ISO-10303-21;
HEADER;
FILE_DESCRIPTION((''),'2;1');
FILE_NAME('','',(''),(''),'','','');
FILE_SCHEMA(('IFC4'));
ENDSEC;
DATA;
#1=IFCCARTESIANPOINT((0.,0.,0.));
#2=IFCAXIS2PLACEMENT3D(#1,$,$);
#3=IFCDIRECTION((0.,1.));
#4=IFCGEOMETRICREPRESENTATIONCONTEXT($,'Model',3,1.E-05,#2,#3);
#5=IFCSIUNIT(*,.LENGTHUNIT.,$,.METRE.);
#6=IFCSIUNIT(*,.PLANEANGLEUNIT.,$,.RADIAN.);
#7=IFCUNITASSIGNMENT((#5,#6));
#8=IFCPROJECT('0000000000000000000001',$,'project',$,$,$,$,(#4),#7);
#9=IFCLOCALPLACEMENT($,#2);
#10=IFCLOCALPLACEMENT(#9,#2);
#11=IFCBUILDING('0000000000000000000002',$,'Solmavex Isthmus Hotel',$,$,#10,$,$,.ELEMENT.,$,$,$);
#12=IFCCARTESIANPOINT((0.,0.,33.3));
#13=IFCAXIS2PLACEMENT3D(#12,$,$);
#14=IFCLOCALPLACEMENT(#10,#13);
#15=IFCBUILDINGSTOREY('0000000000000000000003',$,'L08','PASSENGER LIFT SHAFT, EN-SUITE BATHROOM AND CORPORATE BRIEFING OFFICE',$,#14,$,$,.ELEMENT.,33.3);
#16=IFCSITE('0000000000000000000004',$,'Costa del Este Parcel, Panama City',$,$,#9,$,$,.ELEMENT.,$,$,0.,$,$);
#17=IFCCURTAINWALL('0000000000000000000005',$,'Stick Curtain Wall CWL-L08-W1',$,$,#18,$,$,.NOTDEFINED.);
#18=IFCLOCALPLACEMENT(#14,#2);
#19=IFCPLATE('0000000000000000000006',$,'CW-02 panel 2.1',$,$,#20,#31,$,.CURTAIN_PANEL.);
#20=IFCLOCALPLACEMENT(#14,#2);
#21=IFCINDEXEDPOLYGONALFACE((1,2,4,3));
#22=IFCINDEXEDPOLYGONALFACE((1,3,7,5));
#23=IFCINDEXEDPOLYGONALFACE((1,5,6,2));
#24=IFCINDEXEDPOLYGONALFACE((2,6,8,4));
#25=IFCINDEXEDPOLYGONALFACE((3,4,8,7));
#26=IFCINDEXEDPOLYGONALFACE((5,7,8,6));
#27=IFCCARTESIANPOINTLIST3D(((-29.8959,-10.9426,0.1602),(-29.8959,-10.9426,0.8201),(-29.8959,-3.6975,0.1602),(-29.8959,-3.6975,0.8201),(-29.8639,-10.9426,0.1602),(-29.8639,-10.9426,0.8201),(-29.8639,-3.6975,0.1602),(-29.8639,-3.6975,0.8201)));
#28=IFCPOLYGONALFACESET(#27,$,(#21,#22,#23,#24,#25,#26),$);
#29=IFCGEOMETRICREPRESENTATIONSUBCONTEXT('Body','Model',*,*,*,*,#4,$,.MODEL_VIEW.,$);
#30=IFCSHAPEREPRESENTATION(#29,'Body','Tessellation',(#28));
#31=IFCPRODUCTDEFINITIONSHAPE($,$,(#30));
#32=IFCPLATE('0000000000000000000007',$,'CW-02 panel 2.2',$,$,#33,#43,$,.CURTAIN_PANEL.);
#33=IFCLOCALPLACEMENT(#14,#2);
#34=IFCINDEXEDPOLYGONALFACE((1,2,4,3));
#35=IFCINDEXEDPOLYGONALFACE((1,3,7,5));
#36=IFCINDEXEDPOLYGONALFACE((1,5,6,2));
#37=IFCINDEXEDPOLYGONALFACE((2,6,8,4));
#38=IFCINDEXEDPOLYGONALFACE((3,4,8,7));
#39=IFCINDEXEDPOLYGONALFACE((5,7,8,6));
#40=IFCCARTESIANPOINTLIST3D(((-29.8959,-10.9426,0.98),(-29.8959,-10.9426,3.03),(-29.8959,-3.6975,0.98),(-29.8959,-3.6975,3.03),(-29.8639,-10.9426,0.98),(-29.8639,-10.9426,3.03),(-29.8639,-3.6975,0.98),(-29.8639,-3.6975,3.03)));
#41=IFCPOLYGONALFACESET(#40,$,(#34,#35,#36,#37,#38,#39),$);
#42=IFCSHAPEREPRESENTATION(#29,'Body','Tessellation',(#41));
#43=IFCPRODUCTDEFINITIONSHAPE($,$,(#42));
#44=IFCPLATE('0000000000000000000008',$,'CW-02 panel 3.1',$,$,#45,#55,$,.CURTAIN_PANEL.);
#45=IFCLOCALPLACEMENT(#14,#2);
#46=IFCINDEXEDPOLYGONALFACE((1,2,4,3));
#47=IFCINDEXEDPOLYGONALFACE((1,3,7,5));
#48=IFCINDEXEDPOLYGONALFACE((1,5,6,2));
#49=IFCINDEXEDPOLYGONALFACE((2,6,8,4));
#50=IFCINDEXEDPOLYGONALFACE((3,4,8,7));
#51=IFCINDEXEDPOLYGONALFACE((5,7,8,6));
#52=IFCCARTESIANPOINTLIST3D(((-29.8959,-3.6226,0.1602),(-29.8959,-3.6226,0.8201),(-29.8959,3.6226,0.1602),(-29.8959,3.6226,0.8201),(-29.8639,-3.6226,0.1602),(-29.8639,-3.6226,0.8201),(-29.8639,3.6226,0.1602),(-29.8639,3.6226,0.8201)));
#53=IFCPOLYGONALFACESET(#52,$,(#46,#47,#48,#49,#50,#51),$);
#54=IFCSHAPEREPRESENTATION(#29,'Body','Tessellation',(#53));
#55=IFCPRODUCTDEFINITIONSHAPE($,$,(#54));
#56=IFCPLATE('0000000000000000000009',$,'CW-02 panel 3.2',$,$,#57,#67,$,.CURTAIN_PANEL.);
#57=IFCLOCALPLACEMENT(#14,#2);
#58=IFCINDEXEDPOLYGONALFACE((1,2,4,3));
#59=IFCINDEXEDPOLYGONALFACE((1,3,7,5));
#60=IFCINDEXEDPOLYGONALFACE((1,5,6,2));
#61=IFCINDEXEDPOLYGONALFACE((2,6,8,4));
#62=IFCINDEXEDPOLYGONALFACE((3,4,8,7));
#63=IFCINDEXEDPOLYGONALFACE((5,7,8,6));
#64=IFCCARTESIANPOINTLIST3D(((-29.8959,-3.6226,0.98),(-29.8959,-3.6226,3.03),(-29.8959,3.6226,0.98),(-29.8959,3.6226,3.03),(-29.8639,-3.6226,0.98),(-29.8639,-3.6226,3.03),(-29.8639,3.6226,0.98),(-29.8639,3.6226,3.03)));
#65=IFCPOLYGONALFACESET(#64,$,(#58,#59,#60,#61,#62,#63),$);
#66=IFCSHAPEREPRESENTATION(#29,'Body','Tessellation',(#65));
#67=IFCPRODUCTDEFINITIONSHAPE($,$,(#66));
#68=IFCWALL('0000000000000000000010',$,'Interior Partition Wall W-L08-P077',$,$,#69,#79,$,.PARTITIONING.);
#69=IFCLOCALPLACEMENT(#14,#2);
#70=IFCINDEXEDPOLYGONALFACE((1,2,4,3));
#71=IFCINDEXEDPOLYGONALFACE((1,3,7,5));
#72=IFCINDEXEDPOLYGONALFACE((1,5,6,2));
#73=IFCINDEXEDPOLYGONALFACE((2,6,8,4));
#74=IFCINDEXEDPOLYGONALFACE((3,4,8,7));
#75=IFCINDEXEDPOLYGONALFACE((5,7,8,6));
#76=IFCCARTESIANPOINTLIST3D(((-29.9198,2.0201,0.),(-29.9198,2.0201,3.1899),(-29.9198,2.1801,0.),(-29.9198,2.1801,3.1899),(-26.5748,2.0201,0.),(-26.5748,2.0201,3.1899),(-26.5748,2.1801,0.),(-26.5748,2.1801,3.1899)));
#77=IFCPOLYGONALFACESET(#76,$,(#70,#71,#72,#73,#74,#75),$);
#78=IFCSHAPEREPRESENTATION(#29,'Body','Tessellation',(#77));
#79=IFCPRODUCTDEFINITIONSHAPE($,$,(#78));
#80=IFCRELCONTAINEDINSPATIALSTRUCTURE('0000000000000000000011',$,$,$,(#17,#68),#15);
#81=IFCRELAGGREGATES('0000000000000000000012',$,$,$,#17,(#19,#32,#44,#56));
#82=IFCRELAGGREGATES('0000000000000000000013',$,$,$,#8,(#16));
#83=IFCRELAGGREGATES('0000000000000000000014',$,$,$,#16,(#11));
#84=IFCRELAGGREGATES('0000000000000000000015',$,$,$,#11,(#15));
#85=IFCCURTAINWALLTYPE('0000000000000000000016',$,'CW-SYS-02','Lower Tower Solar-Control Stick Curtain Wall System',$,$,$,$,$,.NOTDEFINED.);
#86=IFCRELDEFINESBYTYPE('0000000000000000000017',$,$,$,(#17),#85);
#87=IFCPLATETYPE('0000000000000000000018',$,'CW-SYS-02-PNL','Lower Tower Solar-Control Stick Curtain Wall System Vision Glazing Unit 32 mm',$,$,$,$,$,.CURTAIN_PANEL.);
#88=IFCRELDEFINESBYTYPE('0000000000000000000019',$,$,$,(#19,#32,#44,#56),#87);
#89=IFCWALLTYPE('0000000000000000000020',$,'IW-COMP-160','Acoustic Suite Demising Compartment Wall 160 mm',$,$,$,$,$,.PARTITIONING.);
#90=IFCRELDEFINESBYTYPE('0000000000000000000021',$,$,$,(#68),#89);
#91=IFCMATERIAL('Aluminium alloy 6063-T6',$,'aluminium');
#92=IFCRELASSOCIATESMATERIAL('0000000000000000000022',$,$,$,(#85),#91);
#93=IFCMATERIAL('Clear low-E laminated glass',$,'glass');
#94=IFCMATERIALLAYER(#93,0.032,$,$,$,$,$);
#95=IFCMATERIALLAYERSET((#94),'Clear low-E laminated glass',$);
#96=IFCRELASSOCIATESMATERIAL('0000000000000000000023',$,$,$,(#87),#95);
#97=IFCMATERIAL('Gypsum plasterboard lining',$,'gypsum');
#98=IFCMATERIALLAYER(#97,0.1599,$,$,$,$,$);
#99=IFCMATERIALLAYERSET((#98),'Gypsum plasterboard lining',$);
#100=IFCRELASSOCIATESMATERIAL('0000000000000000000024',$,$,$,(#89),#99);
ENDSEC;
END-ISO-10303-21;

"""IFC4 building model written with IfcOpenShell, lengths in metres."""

from ifc_helpers import new_model, si_unit, direction, frame, frame_2d, origin, origin_2d, place, context, subcontext, project, spatial, rectangle, extrude, material, layer, layer_set, type_object, element, aggregate, save


model = new_model("IFC4")

# Units and contexts
model_context = context("Model", 3, precision=1e-05, world=origin(), true_north=direction((0.0, 1.0)))
body_context = subcontext(model_context, "Body", "Model", "MODEL_VIEW")
ifc_project = project(units=[si_unit("LENGTHUNIT", "METRE"), si_unit("PLANEANGLEUNIT", "RADIAN")], contexts=[model_context])

# Site, building, storey
site_placement = place(None, origin())
site = spatial("IfcSite", under=ifc_project, at=site_placement, Name="Costa del Este Parcel, Panama City", CompositionType="ELEMENT", RefElevation=0.0)
building_placement = place(site_placement, origin())
building = spatial("IfcBuilding", under=site, at=building_placement, Name="Solmavex Isthmus Hotel", CompositionType="ELEMENT")
storey_placement = place(building_placement, frame((0.0, 0.0, 33.3)))
storey = spatial("IfcBuildingStorey", under=building, at=storey_placement, Name="L08", Description="PASSENGER LIFT SHAFT, EN-SUITE BATHROOM AND CORPORATE BRIEFING OFFICE", CompositionType="ELEMENT", Elevation=33.3)

# Curtain wall, plates
ifc_material_1 = material(Name="Aluminium alloy 6063-T6", Category="aluminium")
curtain_wall_type = type_object("IfcCurtainWallType", Name="CW-SYS-02", Description="Lower Tower Solar-Control Stick Curtain Wall System", PredefinedType="NOTDEFINED", material=ifc_material_1)
curtain_wall_placement = place(storey_placement, origin())
curtain_wall = element("IfcCurtainWall", 1, at=curtain_wall_placement, inside=storey, type_object=curtain_wall_type, Name="Stick Curtain Wall CWL-L08-W1", PredefinedType="NOTDEFINED")
ifc_material_2 = material(Name="Clear low-E laminated glass", Category="glass")
ifc_layer_1 = layer(ifc_material_2, 0.032)
ifc_layer_set_1 = layer_set([ifc_layer_1], Name="Clear low-E laminated glass")
plate_type = type_object("IfcPlateType", Name="CW-SYS-02-PNL", Description="Lower Tower Solar-Control Stick Curtain Wall System Vision Glazing Unit 32 mm", PredefinedType="CURTAIN_PANEL", material=ifc_layer_set_1)
plate_1_placement = place(storey_placement, frame((-29.8799, -7.3201, 0.1602), z_axis=(0.0, 0.0, 1.0), x_axis=(0.0, 1.0, 0.0)))
plate_1 = element("IfcPlate", 2, at=plate_1_placement, type_object=plate_type, Name="CW-02 panel 2.1", PredefinedType="CURTAIN_PANEL", context=body_context, shape_type="SweptSolid", body=[
    extrude(rectangle(XDim=7.2451, YDim=0.032, at=origin_2d()), origin(), (0.0, 0.0, 1.0), 0.6599),
])
plate_2_placement = place(storey_placement, frame((-29.8799, -7.3201, 0.98), z_axis=(0.0, 0.0, 1.0), x_axis=(0.0, 1.0, 0.0)))
plate_2 = element("IfcPlate", 3, at=plate_2_placement, type_object=plate_type, Name="CW-02 panel 2.2", PredefinedType="CURTAIN_PANEL", context=body_context, shape_type="SweptSolid", body=[
    extrude(rectangle(XDim=7.2451, YDim=0.032, at=origin_2d()), origin(), (0.0, 0.0, 1.0), 2.05),
])
plate_3_placement = place(storey_placement, frame((-29.8799, 0.0, 0.1602), z_axis=(0.0, 0.0, 1.0), x_axis=(0.0, 1.0, 0.0)))
plate_3 = element("IfcPlate", 4, at=plate_3_placement, type_object=plate_type, Name="CW-02 panel 3.1", PredefinedType="CURTAIN_PANEL", context=body_context, shape_type="SweptSolid", body=[
    extrude(rectangle(XDim=7.2451, YDim=0.032, at=origin_2d()), origin(), (0.0, 0.0, 1.0), 0.6599),
])
plate_4_placement = place(storey_placement, frame((-29.8799, 0.0, 0.98), z_axis=(0.0, 0.0, 1.0), x_axis=(0.0, 1.0, 0.0)))
plate_4 = element("IfcPlate", 5, at=plate_4_placement, type_object=plate_type, Name="CW-02 panel 3.2", PredefinedType="CURTAIN_PANEL", context=body_context, shape_type="SweptSolid", body=[
    extrude(rectangle(XDim=7.2451, YDim=0.032, at=origin_2d()), origin(), (0.0, 0.0, 1.0), 2.05),
])
aggregate(curtain_wall, [plate_1, plate_2, plate_3, plate_4])

# Wall
ifc_material_3 = material(Name="Gypsum plasterboard lining", Category="gypsum")
ifc_layer_2 = layer(ifc_material_3, 0.1599)
ifc_layer_set_2 = layer_set([ifc_layer_2], Name="Gypsum plasterboard lining")
wall_type = type_object("IfcWallType", Name="IW-COMP-160", Description="Acoustic Suite Demising Compartment Wall 160 mm", PredefinedType="PARTITIONING", material=ifc_layer_set_2)
wall_placement = place(storey_placement, frame((-26.575, 2.1001, 0.0), z_axis=(0.0, 0.0, 1.0), x_axis=(-1.0, 0.0, 0.0)))
element("IfcWall", 6, at=wall_placement, inside=storey, type_object=wall_type, Name="Interior Partition Wall W-L08-P077", PredefinedType="PARTITIONING", context=body_context, shape_type="SweptSolid", body=[
    extrude(rectangle(XDim=3.345, YDim=0.1599, at=frame_2d((1.6724, 0.0))), origin(), (0.0, 0.0, 1.0), 3.1899),
])

save(model, "model.ifc")
